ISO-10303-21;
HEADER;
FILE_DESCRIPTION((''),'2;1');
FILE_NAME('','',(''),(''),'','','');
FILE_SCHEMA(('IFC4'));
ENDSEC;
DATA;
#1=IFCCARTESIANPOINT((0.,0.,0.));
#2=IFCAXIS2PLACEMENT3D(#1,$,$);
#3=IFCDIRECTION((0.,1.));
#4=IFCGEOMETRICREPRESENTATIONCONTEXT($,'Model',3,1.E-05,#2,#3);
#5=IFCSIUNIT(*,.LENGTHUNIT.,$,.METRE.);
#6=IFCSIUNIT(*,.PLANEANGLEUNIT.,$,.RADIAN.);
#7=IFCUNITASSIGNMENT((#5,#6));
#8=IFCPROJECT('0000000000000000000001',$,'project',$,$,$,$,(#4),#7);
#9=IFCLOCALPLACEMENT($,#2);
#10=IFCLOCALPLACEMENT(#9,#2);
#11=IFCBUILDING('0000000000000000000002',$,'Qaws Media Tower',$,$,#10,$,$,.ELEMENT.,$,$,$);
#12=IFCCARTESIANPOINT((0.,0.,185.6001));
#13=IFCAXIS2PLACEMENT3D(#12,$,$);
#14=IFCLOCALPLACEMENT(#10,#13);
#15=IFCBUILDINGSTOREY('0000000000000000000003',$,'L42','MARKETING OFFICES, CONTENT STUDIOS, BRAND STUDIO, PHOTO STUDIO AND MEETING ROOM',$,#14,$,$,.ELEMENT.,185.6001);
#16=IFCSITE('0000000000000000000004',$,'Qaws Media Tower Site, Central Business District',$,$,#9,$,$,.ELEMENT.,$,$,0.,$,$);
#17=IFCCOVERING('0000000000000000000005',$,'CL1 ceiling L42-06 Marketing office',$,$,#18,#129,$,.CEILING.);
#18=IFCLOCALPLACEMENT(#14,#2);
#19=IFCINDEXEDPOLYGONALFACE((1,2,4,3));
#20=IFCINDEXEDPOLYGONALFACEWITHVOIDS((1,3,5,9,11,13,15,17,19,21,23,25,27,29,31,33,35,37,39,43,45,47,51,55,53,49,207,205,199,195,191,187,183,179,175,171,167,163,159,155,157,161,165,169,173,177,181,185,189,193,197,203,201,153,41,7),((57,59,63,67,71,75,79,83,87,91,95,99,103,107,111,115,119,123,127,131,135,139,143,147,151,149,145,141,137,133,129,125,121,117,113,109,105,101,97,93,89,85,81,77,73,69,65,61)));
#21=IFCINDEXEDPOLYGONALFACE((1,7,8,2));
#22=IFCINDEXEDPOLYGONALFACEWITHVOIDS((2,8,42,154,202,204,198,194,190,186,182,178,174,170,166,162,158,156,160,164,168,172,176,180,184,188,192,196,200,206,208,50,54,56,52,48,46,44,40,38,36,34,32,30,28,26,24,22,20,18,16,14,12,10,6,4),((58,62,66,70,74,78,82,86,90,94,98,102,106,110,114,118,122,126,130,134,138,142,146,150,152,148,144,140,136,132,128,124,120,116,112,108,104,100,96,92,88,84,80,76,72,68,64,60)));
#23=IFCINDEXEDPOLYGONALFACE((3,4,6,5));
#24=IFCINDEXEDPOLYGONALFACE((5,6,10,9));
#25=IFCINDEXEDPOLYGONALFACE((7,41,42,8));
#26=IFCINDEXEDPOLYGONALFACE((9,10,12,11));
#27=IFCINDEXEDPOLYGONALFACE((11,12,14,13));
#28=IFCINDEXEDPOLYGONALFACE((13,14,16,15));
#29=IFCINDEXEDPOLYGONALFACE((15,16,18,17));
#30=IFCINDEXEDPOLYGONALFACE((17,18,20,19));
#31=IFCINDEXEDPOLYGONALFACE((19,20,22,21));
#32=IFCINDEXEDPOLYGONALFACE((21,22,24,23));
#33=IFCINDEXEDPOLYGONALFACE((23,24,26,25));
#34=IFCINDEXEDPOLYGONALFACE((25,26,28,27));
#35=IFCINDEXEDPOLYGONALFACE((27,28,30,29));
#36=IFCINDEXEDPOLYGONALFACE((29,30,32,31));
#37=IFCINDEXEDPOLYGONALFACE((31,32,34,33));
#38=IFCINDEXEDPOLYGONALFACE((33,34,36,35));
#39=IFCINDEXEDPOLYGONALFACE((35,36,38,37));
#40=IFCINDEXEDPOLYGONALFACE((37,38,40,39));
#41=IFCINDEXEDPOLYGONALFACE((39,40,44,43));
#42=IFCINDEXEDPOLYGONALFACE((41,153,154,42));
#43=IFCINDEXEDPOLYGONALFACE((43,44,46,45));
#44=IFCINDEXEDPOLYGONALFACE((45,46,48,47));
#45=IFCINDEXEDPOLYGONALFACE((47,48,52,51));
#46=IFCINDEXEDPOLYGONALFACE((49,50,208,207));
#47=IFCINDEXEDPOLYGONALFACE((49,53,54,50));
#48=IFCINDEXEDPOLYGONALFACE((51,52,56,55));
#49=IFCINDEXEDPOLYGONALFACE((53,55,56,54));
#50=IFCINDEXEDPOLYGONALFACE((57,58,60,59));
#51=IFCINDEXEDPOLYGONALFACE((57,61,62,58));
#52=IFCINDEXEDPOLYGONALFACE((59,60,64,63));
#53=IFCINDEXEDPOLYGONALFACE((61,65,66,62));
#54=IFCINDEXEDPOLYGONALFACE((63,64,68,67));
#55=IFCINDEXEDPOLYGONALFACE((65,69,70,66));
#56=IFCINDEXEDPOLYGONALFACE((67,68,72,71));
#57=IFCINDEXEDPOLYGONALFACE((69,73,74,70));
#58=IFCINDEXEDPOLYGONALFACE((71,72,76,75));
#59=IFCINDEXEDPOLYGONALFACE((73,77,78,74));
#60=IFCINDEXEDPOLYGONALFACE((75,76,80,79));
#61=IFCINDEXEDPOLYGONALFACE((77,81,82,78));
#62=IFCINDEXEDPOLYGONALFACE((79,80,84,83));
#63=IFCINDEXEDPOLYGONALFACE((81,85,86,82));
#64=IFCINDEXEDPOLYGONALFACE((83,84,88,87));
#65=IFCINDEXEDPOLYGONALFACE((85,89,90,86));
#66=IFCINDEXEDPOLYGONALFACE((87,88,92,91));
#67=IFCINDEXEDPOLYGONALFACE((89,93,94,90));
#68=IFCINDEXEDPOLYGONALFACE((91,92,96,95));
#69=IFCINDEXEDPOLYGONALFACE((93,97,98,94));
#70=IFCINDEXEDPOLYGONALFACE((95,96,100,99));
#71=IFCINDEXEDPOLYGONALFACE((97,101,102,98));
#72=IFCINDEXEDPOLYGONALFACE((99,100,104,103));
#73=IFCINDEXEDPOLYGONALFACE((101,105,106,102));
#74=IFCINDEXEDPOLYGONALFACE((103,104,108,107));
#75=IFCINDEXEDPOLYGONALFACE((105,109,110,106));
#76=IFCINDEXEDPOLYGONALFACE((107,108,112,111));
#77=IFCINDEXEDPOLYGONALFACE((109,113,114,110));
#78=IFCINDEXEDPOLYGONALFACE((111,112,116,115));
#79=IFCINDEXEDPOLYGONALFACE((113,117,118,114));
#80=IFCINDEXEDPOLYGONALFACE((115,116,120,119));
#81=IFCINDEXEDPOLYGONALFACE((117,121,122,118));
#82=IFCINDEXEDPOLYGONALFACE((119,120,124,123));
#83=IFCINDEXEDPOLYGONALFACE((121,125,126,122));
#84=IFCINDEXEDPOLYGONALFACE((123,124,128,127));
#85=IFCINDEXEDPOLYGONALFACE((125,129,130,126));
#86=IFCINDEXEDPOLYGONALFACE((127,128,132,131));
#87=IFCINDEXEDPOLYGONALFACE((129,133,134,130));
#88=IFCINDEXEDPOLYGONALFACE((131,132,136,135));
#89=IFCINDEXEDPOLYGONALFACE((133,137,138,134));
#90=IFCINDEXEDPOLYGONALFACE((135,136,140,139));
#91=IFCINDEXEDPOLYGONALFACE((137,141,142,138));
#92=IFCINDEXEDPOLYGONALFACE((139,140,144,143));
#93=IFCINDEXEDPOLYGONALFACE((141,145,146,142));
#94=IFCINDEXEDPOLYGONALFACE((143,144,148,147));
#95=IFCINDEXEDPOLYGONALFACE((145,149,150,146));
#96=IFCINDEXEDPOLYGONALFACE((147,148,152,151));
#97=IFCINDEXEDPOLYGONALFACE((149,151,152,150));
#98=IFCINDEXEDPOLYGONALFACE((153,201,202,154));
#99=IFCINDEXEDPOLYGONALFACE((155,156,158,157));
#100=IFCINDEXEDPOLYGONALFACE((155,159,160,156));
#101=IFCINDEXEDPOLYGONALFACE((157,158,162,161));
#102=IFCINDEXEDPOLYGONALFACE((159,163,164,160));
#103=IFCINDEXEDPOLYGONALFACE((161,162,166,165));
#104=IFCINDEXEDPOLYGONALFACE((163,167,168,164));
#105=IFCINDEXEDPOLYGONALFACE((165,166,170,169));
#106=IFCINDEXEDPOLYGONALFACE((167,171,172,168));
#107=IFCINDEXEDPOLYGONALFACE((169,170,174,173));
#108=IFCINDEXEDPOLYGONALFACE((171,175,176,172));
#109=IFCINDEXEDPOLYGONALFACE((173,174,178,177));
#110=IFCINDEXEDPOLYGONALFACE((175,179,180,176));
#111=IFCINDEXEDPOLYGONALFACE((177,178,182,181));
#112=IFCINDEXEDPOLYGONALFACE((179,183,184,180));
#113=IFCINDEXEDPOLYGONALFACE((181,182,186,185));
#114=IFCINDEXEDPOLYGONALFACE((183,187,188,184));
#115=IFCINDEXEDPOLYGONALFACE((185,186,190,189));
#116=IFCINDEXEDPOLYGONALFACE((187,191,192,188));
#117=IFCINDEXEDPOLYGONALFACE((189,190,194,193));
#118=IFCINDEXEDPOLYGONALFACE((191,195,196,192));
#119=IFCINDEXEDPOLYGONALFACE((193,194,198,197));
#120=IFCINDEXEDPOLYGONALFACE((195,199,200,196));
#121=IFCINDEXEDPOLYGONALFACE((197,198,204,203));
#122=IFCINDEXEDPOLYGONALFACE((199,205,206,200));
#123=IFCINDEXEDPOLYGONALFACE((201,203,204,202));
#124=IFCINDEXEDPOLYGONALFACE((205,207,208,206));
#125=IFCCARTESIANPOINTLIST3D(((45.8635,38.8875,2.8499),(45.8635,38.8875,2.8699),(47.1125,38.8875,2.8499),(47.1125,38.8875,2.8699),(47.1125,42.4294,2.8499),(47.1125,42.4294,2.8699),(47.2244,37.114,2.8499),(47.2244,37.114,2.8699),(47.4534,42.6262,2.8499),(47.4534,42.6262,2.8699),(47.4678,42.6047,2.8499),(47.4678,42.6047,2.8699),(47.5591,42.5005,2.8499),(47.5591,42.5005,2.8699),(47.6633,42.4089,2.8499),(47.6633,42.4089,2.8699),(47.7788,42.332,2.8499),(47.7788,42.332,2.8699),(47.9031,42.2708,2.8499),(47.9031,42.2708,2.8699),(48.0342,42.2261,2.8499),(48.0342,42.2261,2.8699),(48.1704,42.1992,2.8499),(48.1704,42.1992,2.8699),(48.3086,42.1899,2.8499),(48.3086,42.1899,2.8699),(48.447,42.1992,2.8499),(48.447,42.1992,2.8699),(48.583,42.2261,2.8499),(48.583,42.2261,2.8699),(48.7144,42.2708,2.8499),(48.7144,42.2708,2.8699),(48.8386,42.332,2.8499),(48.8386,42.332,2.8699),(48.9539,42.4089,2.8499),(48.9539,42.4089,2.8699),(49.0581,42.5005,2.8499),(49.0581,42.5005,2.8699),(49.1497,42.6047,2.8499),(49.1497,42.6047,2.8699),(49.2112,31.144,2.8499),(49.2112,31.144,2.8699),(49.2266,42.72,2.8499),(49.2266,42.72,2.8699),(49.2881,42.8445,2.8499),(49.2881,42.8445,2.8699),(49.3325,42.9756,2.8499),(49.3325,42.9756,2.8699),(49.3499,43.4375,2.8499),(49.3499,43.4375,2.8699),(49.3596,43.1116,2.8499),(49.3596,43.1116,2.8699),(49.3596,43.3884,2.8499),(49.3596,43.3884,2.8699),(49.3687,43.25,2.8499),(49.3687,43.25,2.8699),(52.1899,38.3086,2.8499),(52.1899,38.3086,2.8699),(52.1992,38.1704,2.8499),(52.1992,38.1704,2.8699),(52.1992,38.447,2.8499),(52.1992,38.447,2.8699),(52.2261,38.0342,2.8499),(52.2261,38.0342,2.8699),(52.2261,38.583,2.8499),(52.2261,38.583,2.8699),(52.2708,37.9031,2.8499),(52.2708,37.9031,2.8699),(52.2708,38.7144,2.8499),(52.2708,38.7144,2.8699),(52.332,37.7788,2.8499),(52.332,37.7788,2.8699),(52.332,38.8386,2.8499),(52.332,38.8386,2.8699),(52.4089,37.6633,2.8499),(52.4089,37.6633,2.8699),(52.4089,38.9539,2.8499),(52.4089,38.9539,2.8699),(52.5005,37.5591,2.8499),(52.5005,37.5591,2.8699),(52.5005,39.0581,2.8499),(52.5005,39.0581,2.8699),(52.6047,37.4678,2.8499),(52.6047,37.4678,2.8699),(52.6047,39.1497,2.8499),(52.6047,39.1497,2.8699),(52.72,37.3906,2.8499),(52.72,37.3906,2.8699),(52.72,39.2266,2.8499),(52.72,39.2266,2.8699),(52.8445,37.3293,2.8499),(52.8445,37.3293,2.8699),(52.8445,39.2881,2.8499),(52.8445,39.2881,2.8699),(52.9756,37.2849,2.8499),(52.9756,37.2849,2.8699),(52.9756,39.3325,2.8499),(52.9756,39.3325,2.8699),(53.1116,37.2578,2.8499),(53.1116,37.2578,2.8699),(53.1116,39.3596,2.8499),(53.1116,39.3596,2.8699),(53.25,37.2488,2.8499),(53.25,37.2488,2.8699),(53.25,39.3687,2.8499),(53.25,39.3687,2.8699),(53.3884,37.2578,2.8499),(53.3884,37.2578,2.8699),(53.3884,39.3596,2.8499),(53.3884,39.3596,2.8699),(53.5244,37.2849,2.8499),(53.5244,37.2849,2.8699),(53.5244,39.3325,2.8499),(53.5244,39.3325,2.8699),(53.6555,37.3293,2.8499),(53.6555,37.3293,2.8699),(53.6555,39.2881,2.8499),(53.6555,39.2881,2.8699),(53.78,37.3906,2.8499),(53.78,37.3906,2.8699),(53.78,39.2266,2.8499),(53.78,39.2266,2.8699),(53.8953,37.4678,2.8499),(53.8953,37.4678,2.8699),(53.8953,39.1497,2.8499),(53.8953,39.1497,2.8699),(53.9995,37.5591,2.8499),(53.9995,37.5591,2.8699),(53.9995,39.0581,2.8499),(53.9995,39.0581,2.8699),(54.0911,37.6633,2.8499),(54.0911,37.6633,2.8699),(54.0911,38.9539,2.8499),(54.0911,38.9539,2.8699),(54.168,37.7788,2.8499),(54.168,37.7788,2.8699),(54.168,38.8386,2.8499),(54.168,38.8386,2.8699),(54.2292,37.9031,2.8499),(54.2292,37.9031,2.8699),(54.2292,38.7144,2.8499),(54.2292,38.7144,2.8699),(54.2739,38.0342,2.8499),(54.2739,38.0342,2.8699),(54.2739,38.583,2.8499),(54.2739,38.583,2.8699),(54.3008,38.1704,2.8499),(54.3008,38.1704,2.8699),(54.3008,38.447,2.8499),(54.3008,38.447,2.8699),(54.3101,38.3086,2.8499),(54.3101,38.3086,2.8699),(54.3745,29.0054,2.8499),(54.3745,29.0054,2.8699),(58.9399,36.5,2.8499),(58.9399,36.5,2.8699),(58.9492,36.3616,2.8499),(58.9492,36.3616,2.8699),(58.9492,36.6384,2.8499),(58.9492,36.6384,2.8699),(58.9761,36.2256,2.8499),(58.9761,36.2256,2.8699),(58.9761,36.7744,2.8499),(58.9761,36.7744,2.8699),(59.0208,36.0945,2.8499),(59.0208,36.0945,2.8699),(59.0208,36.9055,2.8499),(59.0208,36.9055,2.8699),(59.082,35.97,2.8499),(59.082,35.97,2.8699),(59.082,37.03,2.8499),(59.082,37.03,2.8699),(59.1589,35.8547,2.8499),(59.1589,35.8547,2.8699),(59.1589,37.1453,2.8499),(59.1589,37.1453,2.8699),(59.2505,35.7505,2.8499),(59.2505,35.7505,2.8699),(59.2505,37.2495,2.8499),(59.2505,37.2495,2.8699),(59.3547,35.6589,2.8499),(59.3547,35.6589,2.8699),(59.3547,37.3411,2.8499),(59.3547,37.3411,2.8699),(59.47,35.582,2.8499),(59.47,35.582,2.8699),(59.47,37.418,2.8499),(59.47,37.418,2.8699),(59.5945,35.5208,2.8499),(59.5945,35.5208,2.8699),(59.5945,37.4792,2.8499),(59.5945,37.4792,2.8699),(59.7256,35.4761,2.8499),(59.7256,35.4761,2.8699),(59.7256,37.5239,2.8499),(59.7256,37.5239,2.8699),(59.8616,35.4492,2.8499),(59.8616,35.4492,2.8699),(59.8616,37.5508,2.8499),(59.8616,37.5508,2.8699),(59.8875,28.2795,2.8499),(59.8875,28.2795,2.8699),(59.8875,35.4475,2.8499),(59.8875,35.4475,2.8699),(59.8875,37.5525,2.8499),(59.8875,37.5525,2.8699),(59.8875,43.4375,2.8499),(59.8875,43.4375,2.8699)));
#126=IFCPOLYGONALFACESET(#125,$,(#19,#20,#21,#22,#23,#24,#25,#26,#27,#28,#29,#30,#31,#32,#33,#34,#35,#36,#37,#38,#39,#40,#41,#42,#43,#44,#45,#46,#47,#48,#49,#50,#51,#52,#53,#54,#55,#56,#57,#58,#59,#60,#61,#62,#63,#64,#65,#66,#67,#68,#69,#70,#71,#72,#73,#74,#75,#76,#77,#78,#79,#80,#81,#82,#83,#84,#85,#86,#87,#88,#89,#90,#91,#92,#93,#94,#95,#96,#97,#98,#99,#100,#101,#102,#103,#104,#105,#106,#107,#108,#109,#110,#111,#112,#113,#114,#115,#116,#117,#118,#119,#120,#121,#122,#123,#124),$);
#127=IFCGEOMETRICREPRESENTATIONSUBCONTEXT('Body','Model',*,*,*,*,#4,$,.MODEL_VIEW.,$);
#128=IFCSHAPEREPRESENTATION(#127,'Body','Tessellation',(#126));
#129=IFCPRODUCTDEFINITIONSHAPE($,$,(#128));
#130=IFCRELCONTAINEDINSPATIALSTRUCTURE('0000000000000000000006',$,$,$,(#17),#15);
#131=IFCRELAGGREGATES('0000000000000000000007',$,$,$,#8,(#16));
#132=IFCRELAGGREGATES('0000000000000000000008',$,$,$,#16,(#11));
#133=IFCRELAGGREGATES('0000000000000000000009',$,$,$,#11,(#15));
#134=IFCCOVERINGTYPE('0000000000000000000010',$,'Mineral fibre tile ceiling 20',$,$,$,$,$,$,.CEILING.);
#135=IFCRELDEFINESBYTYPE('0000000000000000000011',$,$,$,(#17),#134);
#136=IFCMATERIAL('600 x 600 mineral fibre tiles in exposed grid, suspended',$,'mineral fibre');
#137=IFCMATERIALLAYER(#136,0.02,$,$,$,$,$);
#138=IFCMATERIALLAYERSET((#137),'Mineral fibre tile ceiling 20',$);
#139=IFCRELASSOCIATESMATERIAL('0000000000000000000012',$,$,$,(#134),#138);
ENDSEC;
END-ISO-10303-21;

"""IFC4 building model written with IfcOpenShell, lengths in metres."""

from ifc_helpers import new_model, si_unit, direction, frame, origin, place, context, subcontext, project, spatial, polyline, outline, extrude, material, layer, layer_set, type_object, element, save


model = new_model("IFC4")

# Units and contexts
model_context = context("Model", 3, precision=1e-05, world=origin(), true_north=direction((0.0, 1.0)))
body_context = subcontext(model_context, "Body", "Model", "MODEL_VIEW")
ifc_project = project(units=[si_unit("LENGTHUNIT", "METRE"), si_unit("PLANEANGLEUNIT", "RADIAN")], contexts=[model_context])

# Site, building, storey
site_placement = place(None, origin())
site = spatial("IfcSite", under=ifc_project, at=site_placement, Name="Qaws Media Tower Site, Central Business District", CompositionType="ELEMENT", RefElevation=0.0)
building_placement = place(site_placement, origin())
building = spatial("IfcBuilding", under=site, at=building_placement, Name="Qaws Media Tower", CompositionType="ELEMENT")
storey_placement = place(building_placement, frame((0.0, 0.0, 185.6001)))
storey = spatial("IfcBuildingStorey", under=building, at=storey_placement, Name="L42", Description="MARKETING OFFICES, CONTENT STUDIOS, BRAND STUDIO, PHOTO STUDIO AND MEETING ROOM", CompositionType="ELEMENT", Elevation=185.6001)

# Covering
ifc_material_1 = material(Name="600 x 600 mineral fibre tiles in exposed grid, suspended", Category="mineral fibre")
ifc_layer_1 = layer(ifc_material_1, 0.02)
ifc_layer_set_1 = layer_set([ifc_layer_1], Name="Mineral fibre tile ceiling 20")
covering_type_1 = type_object("IfcCoveringType", Name="Mineral fibre tile ceiling 20", PredefinedType="CEILING", material=ifc_layer_set_1)
covering_1_placement = place(storey_placement, frame((0.0, 0.0, 2.8499)))
element("IfcCovering", 1, at=covering_1_placement, inside=storey, type_object=covering_type_1, Name="CL1 ceiling L42-06 Marketing office", PredefinedType="CEILING", context=body_context, shape_type="SweptSolid", body=[
    extrude(outline(polyline([(54.3745, 29.0054), (49.2112, 31.144), (47.2244, 37.114), (45.8635, 38.8875), (47.1125, 38.8875), (47.1125, 42.4294), (47.4534, 42.6262), (47.4678, 42.6047), (47.5591, 42.5005), (47.6633, 42.4089), (47.7788, 42.332), (47.9031, 42.2708), (48.0342, 42.2261), (48.1704, 42.1992), (48.3086, 42.1899), (48.447, 42.1992), (48.583, 42.2261), (48.7144, 42.2708), (48.8386, 42.332), (48.9539, 42.4089), (49.0581, 42.5005), (49.1497, 42.6047), (49.2266, 42.72), (49.2881, 42.8445), (49.3325, 42.9756), (49.3596, 43.1116), (49.3687, 43.25), (49.3596, 43.3884), (49.3499, 43.4375), (59.8875, 43.4375), (59.8875, 37.5525), (59.8616, 37.5508), (59.7256, 37.5239), (59.5945, 37.4792), (59.47, 37.418), (59.3547, 37.3411), (59.2505, 37.2495), (59.1589, 37.1453), (59.082, 37.03), (59.0208, 36.9055), (58.9761, 36.7744), (58.9492, 36.6384), (58.9399, 36.5), (58.9492, 36.3616), (58.9761, 36.2256), (59.0208, 36.0945), (59.082, 35.97), (59.1589, 35.8547), (59.2505, 35.7505), (59.3547, 35.6589), (59.47, 35.582), (59.5945, 35.5208), (59.7256, 35.4761), (59.8616, 35.4492), (59.8875, 35.4475), (59.8875, 28.2795), (54.3745, 29.0054)]), holes=[polyline([(54.2739, 38.0342), (54.3008, 38.1704), (54.3101, 38.3086), (54.3008, 38.447), (54.2739, 38.583), (54.2292, 38.7144), (54.168, 38.8386), (54.0911, 38.9539), (53.9995, 39.0581), (53.8953, 39.1497), (53.78, 39.2266), (53.6555, 39.2881), (53.5244, 39.3325), (53.3884, 39.3596), (53.25, 39.3687), (53.1116, 39.3596), (52.9756, 39.3325), (52.8445, 39.2881), (52.72, 39.2266), (52.6047, 39.1497), (52.5005, 39.0581), (52.4089, 38.9539), (52.332, 38.8386), (52.2708, 38.7144), (52.2261, 38.583), (52.1992, 38.447), (52.1899, 38.3086), (52.1992, 38.1704), (52.2261, 38.0342), (52.2708, 37.9031), (52.332, 37.7788), (52.4089, 37.6633), (52.5005, 37.5591), (52.6047, 37.4678), (52.72, 37.3906), (52.8445, 37.3293), (52.9756, 37.2849), (53.1116, 37.2578), (53.25, 37.2488), (53.3884, 37.2578), (53.5244, 37.2849), (53.6555, 37.3293), (53.78, 37.3906), (53.8953, 37.4678), (53.9995, 37.5591), (54.0911, 37.6633), (54.168, 37.7788), (54.2292, 37.9031), (54.2739, 38.0342)])]), origin(), (0.0, 0.0, 1.0), 0.02),
])

save(model, "model.ifc")
